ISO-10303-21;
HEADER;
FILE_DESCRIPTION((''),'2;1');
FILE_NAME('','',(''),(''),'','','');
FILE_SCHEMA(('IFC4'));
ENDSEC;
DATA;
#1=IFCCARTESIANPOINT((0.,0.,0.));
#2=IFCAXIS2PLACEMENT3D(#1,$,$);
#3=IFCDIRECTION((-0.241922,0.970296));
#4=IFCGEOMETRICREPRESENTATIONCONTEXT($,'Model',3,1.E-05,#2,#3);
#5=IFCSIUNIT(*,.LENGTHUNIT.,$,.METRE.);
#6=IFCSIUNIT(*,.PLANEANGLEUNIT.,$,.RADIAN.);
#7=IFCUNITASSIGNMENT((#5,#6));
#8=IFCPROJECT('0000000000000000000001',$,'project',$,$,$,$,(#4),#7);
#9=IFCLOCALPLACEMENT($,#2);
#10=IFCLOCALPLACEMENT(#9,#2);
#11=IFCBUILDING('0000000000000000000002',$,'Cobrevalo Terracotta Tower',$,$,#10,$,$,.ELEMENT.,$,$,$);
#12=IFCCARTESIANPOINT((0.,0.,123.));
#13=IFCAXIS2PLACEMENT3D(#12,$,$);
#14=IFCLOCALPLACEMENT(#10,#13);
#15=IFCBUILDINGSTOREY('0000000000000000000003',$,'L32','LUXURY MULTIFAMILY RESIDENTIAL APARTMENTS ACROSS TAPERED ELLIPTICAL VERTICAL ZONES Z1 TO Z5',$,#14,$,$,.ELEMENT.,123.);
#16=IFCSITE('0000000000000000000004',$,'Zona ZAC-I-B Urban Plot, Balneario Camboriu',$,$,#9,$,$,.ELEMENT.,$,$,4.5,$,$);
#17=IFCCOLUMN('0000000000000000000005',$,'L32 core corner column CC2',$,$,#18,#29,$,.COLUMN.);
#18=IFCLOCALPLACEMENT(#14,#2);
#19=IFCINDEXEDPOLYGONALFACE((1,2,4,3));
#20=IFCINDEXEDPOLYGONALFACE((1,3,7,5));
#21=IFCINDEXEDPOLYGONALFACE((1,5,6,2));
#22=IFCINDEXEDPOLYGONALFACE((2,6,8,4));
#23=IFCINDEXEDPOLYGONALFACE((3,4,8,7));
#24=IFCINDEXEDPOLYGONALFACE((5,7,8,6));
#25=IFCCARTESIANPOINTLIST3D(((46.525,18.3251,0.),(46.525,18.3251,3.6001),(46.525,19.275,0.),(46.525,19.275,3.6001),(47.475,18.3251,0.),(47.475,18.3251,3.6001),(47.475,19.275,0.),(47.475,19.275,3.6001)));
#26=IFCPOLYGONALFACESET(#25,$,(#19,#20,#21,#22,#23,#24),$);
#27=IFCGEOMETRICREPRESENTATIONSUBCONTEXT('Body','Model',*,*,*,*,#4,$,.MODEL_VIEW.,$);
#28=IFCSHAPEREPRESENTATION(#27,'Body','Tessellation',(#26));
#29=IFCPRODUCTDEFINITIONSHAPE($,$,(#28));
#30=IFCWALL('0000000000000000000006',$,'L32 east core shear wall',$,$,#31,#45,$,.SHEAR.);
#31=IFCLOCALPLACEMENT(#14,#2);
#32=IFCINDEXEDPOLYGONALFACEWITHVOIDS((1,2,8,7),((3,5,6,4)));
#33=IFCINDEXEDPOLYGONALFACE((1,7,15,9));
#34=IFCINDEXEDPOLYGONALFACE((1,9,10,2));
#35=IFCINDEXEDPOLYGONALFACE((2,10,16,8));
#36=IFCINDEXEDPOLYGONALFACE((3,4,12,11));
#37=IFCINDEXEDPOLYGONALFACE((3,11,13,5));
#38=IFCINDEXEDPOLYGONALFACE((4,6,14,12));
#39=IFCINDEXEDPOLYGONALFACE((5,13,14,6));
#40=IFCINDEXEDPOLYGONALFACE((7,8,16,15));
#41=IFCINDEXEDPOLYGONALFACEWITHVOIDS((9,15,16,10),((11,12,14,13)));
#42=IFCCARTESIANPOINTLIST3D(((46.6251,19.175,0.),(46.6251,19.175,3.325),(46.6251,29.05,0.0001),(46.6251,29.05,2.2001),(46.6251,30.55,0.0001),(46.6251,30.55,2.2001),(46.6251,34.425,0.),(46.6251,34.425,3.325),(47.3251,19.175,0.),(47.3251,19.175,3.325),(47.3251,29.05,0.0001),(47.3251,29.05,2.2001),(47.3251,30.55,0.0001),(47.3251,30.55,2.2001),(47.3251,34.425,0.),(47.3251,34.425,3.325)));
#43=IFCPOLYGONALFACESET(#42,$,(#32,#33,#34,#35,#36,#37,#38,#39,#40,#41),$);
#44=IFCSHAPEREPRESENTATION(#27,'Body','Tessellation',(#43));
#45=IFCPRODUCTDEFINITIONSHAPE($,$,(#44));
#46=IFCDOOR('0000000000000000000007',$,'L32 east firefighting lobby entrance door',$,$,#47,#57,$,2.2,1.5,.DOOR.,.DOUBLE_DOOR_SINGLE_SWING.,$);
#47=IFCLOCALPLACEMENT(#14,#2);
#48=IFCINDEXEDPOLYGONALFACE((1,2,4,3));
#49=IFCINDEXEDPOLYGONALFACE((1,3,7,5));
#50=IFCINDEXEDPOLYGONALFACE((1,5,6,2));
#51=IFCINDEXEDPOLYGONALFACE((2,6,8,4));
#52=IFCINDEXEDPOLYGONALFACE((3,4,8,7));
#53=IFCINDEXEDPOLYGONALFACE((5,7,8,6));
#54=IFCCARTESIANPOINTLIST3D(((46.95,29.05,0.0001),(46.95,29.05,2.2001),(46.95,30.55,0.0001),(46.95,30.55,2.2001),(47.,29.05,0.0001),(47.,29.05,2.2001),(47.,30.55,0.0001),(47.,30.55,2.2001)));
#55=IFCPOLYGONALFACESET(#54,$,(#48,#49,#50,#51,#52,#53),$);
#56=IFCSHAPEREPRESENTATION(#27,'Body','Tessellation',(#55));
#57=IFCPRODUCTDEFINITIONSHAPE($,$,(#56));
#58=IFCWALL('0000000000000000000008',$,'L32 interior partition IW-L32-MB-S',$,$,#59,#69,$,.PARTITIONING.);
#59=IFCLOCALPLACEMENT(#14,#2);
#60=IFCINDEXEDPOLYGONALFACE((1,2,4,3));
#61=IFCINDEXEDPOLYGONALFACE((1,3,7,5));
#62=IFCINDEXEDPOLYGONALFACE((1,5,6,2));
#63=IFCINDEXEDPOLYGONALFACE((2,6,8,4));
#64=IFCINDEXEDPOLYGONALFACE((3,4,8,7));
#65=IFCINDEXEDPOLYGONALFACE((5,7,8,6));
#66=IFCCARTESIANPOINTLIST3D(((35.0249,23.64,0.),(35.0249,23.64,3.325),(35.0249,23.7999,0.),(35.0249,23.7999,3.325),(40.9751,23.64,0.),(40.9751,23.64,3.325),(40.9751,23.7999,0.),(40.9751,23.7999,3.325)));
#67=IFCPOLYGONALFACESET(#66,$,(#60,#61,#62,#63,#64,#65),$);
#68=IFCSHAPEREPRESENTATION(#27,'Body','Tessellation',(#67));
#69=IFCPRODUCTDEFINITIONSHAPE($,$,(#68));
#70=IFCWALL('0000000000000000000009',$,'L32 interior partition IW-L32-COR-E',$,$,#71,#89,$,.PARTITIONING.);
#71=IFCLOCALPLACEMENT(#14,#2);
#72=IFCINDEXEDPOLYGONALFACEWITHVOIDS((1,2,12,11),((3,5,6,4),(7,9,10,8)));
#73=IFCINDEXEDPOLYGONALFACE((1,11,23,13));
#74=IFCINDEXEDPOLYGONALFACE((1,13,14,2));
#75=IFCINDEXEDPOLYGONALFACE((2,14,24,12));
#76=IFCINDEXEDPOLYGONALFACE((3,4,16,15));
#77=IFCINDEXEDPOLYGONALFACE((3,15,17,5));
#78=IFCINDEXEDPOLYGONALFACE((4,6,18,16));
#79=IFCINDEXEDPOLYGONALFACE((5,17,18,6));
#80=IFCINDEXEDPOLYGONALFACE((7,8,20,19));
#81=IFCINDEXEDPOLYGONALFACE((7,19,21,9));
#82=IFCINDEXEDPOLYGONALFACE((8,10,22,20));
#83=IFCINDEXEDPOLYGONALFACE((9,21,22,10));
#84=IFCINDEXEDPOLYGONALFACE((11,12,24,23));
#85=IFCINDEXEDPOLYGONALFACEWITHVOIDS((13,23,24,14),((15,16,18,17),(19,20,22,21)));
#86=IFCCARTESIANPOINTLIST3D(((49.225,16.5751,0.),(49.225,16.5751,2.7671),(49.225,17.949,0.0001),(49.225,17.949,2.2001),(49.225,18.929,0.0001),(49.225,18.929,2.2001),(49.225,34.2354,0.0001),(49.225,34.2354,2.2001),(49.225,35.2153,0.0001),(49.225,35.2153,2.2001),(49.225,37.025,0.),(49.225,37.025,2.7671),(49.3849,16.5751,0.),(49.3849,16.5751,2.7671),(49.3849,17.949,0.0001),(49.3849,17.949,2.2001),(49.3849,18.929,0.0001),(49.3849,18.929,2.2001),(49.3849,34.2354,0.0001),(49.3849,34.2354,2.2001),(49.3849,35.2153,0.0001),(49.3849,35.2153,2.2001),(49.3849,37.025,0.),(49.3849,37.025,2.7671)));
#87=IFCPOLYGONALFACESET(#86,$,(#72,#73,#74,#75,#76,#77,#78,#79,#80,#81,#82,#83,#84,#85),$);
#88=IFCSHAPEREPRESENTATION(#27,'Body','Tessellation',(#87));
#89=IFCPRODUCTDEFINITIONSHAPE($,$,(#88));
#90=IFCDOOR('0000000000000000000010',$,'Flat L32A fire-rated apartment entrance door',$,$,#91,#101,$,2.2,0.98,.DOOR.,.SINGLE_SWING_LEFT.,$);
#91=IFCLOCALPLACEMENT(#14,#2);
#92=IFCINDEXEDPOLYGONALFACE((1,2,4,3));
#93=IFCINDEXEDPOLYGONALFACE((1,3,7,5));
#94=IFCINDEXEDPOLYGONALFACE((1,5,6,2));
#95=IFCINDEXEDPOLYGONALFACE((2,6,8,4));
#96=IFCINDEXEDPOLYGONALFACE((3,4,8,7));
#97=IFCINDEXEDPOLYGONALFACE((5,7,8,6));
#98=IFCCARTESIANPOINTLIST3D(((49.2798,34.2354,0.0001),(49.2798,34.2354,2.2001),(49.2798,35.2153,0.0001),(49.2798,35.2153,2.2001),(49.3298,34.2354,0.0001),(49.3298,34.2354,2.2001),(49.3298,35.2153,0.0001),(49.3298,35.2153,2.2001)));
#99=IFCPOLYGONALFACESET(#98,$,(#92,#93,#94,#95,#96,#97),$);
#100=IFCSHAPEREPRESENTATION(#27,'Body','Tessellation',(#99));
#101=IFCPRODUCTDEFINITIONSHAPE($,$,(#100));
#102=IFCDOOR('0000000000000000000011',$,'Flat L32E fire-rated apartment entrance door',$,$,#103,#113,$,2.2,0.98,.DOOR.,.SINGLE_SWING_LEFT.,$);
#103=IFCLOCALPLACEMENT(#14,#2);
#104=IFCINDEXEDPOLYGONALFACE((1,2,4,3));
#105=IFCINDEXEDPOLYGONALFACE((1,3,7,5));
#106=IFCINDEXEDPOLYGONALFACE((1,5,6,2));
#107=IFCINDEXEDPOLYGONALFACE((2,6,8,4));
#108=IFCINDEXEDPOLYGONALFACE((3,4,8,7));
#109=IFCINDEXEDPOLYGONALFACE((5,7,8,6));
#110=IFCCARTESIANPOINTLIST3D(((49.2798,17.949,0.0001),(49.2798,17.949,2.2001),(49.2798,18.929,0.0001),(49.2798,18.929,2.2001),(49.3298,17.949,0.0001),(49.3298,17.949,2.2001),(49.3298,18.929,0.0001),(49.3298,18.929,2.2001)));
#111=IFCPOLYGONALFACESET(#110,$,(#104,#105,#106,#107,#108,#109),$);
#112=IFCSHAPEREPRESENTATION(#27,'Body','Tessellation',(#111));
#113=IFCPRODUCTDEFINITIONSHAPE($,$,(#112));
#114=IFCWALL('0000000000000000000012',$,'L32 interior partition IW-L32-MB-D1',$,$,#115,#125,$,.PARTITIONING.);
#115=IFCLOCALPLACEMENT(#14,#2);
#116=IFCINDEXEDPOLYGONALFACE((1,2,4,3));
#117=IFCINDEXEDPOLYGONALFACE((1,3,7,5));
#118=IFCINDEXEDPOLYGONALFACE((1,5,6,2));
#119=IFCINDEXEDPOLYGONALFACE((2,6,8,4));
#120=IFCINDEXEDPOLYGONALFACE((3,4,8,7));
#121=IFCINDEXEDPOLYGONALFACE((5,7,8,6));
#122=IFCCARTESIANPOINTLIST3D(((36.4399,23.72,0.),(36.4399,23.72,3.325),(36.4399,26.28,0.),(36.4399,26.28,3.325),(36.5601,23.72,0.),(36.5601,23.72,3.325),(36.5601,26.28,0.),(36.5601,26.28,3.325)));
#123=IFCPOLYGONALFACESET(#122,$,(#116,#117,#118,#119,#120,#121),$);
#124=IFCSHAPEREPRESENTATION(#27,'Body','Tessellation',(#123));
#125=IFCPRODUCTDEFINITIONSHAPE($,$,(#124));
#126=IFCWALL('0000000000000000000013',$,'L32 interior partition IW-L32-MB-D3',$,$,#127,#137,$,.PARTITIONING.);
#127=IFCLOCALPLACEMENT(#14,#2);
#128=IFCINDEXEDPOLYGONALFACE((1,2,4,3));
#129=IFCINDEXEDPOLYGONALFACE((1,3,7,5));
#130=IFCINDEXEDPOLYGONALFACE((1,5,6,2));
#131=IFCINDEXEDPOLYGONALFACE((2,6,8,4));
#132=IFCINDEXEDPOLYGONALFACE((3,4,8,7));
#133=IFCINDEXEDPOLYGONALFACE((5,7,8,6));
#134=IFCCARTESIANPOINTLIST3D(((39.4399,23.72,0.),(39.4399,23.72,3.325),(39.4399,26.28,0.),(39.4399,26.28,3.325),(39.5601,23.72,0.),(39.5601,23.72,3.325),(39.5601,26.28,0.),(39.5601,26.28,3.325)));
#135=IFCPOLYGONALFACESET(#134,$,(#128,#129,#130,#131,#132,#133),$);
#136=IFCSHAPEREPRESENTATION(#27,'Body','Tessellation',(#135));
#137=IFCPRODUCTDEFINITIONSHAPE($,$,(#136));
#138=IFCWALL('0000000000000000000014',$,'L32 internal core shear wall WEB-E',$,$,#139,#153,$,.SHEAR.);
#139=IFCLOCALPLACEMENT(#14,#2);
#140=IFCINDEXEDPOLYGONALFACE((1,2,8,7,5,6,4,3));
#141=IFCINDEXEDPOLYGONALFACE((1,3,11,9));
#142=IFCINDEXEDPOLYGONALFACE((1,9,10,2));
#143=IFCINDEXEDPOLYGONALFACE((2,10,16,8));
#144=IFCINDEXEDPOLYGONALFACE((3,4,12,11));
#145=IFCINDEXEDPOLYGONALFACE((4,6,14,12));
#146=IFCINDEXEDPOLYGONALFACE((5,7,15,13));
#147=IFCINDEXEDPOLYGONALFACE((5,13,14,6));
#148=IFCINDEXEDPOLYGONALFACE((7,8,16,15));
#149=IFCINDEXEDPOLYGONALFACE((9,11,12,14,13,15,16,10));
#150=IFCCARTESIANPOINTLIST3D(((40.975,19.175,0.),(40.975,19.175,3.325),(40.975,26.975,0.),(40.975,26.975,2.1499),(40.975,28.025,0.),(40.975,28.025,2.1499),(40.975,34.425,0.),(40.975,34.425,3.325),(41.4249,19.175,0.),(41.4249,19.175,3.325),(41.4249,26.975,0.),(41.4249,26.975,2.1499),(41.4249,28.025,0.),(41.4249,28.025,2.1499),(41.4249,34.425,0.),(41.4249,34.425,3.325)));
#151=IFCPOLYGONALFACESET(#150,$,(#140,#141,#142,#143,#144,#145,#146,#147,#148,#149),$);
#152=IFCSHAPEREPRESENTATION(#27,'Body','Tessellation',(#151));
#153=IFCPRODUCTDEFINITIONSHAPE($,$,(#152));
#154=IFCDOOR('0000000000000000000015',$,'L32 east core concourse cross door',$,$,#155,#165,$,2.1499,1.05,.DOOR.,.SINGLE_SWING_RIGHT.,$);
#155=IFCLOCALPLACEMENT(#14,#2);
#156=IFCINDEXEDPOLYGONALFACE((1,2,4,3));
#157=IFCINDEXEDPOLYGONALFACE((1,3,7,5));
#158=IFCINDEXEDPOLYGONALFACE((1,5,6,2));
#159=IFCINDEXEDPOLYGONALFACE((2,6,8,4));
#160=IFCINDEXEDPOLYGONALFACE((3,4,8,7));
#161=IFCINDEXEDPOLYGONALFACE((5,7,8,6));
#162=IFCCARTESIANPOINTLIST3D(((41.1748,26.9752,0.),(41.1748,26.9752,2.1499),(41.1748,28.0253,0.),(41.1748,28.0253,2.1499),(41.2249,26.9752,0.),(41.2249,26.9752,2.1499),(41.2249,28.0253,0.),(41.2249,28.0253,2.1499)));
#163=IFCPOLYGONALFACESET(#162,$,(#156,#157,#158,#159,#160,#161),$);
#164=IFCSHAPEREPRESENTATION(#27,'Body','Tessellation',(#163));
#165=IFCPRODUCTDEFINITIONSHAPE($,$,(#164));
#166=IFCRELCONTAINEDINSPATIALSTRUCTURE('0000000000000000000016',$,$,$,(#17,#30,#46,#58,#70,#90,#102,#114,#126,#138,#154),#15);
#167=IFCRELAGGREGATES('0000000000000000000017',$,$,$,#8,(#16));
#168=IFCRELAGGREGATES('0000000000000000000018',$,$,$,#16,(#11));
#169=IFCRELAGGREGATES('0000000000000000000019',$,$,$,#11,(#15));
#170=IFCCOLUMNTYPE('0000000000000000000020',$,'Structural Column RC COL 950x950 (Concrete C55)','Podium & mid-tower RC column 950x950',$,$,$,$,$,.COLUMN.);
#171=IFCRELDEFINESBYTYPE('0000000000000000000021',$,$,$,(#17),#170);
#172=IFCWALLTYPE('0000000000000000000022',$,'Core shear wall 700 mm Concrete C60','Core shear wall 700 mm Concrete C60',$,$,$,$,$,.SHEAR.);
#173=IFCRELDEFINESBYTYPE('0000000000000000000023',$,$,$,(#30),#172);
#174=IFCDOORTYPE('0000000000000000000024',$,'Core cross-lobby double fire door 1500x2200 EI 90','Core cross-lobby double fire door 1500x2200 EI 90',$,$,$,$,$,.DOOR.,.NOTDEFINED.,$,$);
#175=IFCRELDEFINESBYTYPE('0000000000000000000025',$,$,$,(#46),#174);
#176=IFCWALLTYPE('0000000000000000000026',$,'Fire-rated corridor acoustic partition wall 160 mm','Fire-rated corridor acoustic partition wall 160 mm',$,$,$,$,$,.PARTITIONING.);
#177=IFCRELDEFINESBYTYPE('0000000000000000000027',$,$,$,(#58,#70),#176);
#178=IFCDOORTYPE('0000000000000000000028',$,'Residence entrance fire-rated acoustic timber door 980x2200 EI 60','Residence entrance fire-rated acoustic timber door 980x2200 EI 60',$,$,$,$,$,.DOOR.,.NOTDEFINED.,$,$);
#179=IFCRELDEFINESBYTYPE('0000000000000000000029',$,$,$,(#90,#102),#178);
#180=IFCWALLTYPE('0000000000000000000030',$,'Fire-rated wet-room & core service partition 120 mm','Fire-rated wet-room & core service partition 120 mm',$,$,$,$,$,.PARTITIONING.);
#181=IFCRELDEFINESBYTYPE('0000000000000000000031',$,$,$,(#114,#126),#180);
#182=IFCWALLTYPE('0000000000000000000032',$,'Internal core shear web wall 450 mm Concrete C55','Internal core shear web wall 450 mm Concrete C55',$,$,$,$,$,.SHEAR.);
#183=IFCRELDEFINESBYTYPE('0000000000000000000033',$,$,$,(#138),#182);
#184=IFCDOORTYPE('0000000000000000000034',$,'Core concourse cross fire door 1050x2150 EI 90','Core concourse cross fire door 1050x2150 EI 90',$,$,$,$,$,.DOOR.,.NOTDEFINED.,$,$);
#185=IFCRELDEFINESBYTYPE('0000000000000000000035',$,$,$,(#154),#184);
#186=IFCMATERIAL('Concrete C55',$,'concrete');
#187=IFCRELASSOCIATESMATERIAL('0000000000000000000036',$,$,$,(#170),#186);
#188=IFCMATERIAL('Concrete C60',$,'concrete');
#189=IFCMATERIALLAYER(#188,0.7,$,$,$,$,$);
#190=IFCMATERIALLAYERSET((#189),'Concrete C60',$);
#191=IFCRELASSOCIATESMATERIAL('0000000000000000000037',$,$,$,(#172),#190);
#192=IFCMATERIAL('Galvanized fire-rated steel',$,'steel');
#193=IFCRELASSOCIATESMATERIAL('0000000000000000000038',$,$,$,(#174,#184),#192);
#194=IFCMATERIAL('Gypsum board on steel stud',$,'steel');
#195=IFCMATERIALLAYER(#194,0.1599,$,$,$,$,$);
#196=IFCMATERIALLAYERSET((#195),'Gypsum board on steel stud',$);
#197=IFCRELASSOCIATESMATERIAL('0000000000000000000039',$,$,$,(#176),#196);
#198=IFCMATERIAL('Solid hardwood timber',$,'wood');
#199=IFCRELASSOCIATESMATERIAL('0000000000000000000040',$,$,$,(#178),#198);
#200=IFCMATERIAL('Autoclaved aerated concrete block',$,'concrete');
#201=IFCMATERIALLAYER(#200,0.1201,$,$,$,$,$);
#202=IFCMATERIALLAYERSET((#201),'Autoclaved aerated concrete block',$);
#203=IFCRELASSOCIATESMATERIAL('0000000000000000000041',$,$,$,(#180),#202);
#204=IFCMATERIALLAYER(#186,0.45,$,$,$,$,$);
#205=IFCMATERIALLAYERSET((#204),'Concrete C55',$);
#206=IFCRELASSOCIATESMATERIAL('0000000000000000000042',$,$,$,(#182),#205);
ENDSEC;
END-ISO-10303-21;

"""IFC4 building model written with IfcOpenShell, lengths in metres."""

from ifc_helpers import new_model, si_unit, direction, frame, frame_2d, origin, origin_2d, place, context, subcontext, project, spatial, rectangle, extrude, source, transform, mapped, material, layer, layer_set, material_profile, profile_set, type_object, element, fill, save


model = new_model("IFC4")

# Units and contexts
model_context = context("Model", 3, precision=1e-05, world=origin(), true_north=direction((-0.241922, 0.970296)))
body_context = subcontext(model_context, "Body", "Model", "MODEL_VIEW")
ifc_project = project(units=[si_unit("LENGTHUNIT", "METRE"), si_unit("PLANEANGLEUNIT", "RADIAN")], contexts=[model_context])

# Site, building, storey
site_placement = place(None, origin())
site = spatial("IfcSite", under=ifc_project, at=site_placement, Name="Zona ZAC-I-B Urban Plot, Balneario Camboriu", CompositionType="ELEMENT", RefElevation=4.5)
building_placement = place(site_placement, origin())
building = spatial("IfcBuilding", under=site, at=building_placement, Name="Cobrevalo Terracotta Tower", CompositionType="ELEMENT")
storey_placement = place(building_placement, frame((0.0, 0.0, 123.0)))
storey = spatial("IfcBuildingStorey", under=building, at=storey_placement, Name="L32", Description="LUXURY MULTIFAMILY RESIDENTIAL APARTMENTS ACROSS TAPERED ELLIPTICAL VERTICAL ZONES Z1 TO Z5", CompositionType="ELEMENT", Elevation=123.0)

# Column
ifc_material_1 = material(Name="Concrete C55", Category="concrete")
ifc_material_profile = material_profile(ifc_material_1, rectangle(XDim=0.95, YDim=0.95, at=origin_2d()), Name="RC COL 950x950")
ifc_profile_set = profile_set([ifc_material_profile], Name="Concrete C55")
column_type = type_object("IfcColumnType", Name="Structural Column RC COL 950x950 (Concrete C55)", Description="Podium & mid-tower RC column 950x950", PredefinedType="COLUMN", material=ifc_profile_set)
column_placement = place(storey_placement, frame((47.0, 18.8, 0.0), z_axis=(0.0, 0.0, 1.0), x_axis=(1.0, 0.0, 0.0)))
element("IfcColumn", 1, at=column_placement, inside=storey, type_object=column_type, Name="L32 core corner column CC2", PredefinedType="COLUMN", context=body_context, shape_type="SweptSolid", body=[
    extrude(rectangle(XDim=0.95, YDim=0.95, at=origin_2d()), origin(), (0.0, 0.0, 1.0), 3.6001),
])

# Wall, opening, door
ifc_material_2 = material(Name="Concrete C60", Category="concrete")
ifc_layer_1 = layer(ifc_material_2, 0.7)
ifc_layer_set_1 = layer_set([ifc_layer_1], Name="Concrete C60")
wall_type_1 = type_object("IfcWallType", Name="Core shear wall 700 mm Concrete C60", Description="Core shear wall 700 mm Concrete C60", PredefinedType="SHEAR", material=ifc_layer_set_1)
wall_1_placement = place(storey_placement, frame((46.9751, 19.175, 0.0), z_axis=(0.0, 0.0, 1.0), x_axis=(0.0, 1.0, 0.0)))
wall_1 = element("IfcWall", 2, at=wall_1_placement, inside=storey, type_object=wall_type_1, Name="L32 east core shear wall", PredefinedType="SHEAR", context=body_context, shape_type="SweptSolid", body=[
    extrude(rectangle(XDim=15.25, YDim=0.7, at=frame_2d((7.625, 0.0))), origin(), (0.0, 0.0, 1.0), 3.325),
])
opening_1_placement = place(wall_1_placement, frame((9.875, 0.0, 0.0)))
opening_1 = element("IfcOpeningElement", 3, at=opening_1_placement, cuts=wall_1, PredefinedType="OPENING", context=body_context, shape_type="SweptSolid", body=[
    extrude(rectangle(XDim=1.5, YDim=2.2, at=frame_2d((0.75, 1.1001))), frame((0.0, 0.3599, 0.0), z_axis=(0.0, -1.0, 0.0), x_axis=(1.0, 0.0, 0.0)), (0.0, 0.0, 1.0), 0.72),
])
ifc_material_3 = material(Name="Galvanized fire-rated steel", Category="steel")
door_type_1 = type_object("IfcDoorType", Name="Core cross-lobby double fire door 1500x2200 EI 90", Description="Core cross-lobby double fire door 1500x2200 EI 90", OperationType="NOTDEFINED", PredefinedType="DOOR", material=ifc_material_3)
shared_shape_1 = source(origin(), body_context, "Body", "SweptSolid", [
    extrude(rectangle(XDim=1.5, YDim=2.2, at=frame_2d((0.75, 1.1001))), frame((0.0, 0.0249, 0.0), z_axis=(0.0, -1.0, 0.0), x_axis=(1.0, 0.0, 0.0)), (0.0, 0.0, 1.0), 0.05),
])
door_1_placement = place(opening_1_placement, frame((1.5, 0.0, 0.0), z_axis=(0.0, 0.0, 1.0), x_axis=(-1.0, 0.0, 0.0)))
door_1 = element("IfcDoor", 4, at=door_1_placement, inside=storey, type_object=door_type_1, Name="L32 east firefighting lobby entrance door", OperationType="DOUBLE_DOOR_SINGLE_SWING", OverallHeight=2.2, OverallWidth=1.5, PredefinedType="DOOR", context=body_context, shape_type="MappedRepresentation", body=[
    mapped(shared_shape_1, transform((0.0, 0.0, 0.0), scale=1.0)),
])
fill(opening_1, door_1)

# Wall
ifc_material_4 = material(Name="Gypsum board on steel stud", Category="steel")
ifc_layer_2 = layer(ifc_material_4, 0.1599)
ifc_layer_set_2 = layer_set([ifc_layer_2], Name="Gypsum board on steel stud")
wall_type_2 = type_object("IfcWallType", Name="Fire-rated corridor acoustic partition wall 160 mm", Description="Fire-rated corridor acoustic partition wall 160 mm", PredefinedType="PARTITIONING", material=ifc_layer_set_2)
wall_2_placement = place(storey_placement, frame((35.0249, 23.72, 0.0), z_axis=(0.0, 0.0, 1.0), x_axis=(1.0, 0.0, 0.0)))
element("IfcWall", 5, at=wall_2_placement, inside=storey, type_object=wall_type_2, Name="L32 interior partition IW-L32-MB-S", PredefinedType="PARTITIONING", context=body_context, shape_type="SweptSolid", body=[
    extrude(rectangle(XDim=5.9502, YDim=0.1599, at=frame_2d((2.9751, 0.0))), origin(), (0.0, 0.0, 1.0), 3.325),
])

# Wall, openings, doors
wall_3_placement = place(storey_placement, frame((49.3049, 16.575, 0.0), z_axis=(0.0, 0.0, 1.0), x_axis=(0.0, 1.0, 0.0)))
wall_3 = element("IfcWall", 6, at=wall_3_placement, inside=storey, type_object=wall_type_2, Name="L32 interior partition IW-L32-COR-E", PredefinedType="PARTITIONING", context=body_context, shape_type="SweptSolid", body=[
    extrude(rectangle(XDim=20.45, YDim=0.1599, at=frame_2d((10.2251, 0.0))), origin(), (0.0, 0.0, 1.0), 2.7671),
])
opening_2_placement = place(wall_3_placement, frame((17.6604, 0.0, 0.0)))
opening_2 = element("IfcOpeningElement", 7, at=opening_2_placement, cuts=wall_3, PredefinedType="OPENING", context=body_context, shape_type="SweptSolid", body=[
    extrude(rectangle(XDim=0.98, YDim=2.2, at=frame_2d((0.49, 1.1001))), frame((0.0, 0.0898, 0.0), z_axis=(0.0, -1.0, 0.0), x_axis=(1.0, 0.0, 0.0)), (0.0, 0.0, 1.0), 0.1799),
])
opening_3_placement = place(wall_3_placement, frame((1.374, 0.0, 0.0)))
opening_3 = element("IfcOpeningElement", 8, at=opening_3_placement, cuts=wall_3, PredefinedType="OPENING", context=body_context, shape_type="SweptSolid", body=[
    extrude(rectangle(XDim=0.98, YDim=2.2, at=frame_2d((0.49, 1.1001))), frame((0.0, 0.0898, 0.0), z_axis=(0.0, -1.0, 0.0), x_axis=(1.0, 0.0, 0.0)), (0.0, 0.0, 1.0), 0.1799),
])
ifc_material_5 = material(Name="Solid hardwood timber", Category="wood")
door_type_2 = type_object("IfcDoorType", Name="Residence entrance fire-rated acoustic timber door 980x2200 EI 60", Description="Residence entrance fire-rated acoustic timber door 980x2200 EI 60", OperationType="NOTDEFINED", PredefinedType="DOOR", material=ifc_material_5)
shared_shape_2 = source(origin(), body_context, "Body", "SweptSolid", [
    extrude(rectangle(XDim=0.98, YDim=2.2, at=frame_2d((0.49, 1.1001))), frame((0.0, 0.0249, 0.0), z_axis=(0.0, -1.0, 0.0), x_axis=(1.0, 0.0, 0.0)), (0.0, 0.0, 1.0), 0.05),
])
door_2_placement = place(opening_2_placement, frame((0.98, 0.0, 0.0), z_axis=(0.0, 0.0, 1.0), x_axis=(-1.0, 0.0, 0.0)))
door_2 = element("IfcDoor", 9, at=door_2_placement, inside=storey, type_object=door_type_2, Name="Flat L32A fire-rated apartment entrance door", OperationType="SINGLE_SWING_LEFT", OverallHeight=2.2, OverallWidth=0.98, PredefinedType="DOOR", context=body_context, shape_type="MappedRepresentation", body=[
    mapped(shared_shape_2, transform((0.0, 0.0, 0.0), scale=1.0)),
])
fill(opening_2, door_2)
door_3_placement = place(opening_3_placement, frame((0.98, 0.0, 0.0), z_axis=(0.0, 0.0, 1.0), x_axis=(-1.0, 0.0, 0.0)))
door_3 = element("IfcDoor", 10, at=door_3_placement, inside=storey, type_object=door_type_2, Name="Flat L32E fire-rated apartment entrance door", OperationType="SINGLE_SWING_LEFT", OverallHeight=2.2, OverallWidth=0.98, PredefinedType="DOOR", context=body_context, shape_type="MappedRepresentation", body=[
    mapped(shared_shape_2, transform((0.0, 0.0, 0.0), scale=1.0)),
])
fill(opening_3, door_3)

# Walls
ifc_material_6 = material(Name="Autoclaved aerated concrete block", Category="concrete")
ifc_layer_3 = layer(ifc_material_6, 0.1201)
ifc_layer_set_3 = layer_set([ifc_layer_3], Name="Autoclaved aerated concrete block")
wall_type_3 = type_object("IfcWallType", Name="Fire-rated wet-room & core service partition 120 mm", Description="Fire-rated wet-room & core service partition 120 mm", PredefinedType="PARTITIONING", material=ifc_layer_set_3)
for number, where, z_axis, x_axis, name in (
    (11, (36.5, 23.72, 0.0), (0.0, 0.0, 1.0), (0.0, 1.0, 0.0), "L32 interior partition IW-L32-MB-D1"),
    (12, (39.5, 23.72, 0.0), (0.0, 0.0, 1.0), (0.0, 1.0, 0.0), "L32 interior partition IW-L32-MB-D3"),
):
    element("IfcWall", number, at=place(storey_placement, frame(where, z_axis=z_axis, x_axis=x_axis)), inside=storey, type_object=wall_type_3, Name=name, PredefinedType="PARTITIONING", context=body_context, shape_type="SweptSolid", body=[
        extrude(rectangle(XDim=2.5601, YDim=0.1201, at=frame_2d((1.28, 0.0))), origin(), (0.0, 0.0, 1.0), 3.325),
    ])

# Wall, opening, door
ifc_layer_4 = layer(ifc_material_1, 0.45)
ifc_layer_set_4 = layer_set([ifc_layer_4], Name="Concrete C55")
wall_type_4 = type_object("IfcWallType", Name="Internal core shear web wall 450 mm Concrete C55", Description="Internal core shear web wall 450 mm Concrete C55", PredefinedType="SHEAR", material=ifc_layer_set_4)
wall_4_placement = place(storey_placement, frame((41.2, 19.175, 0.0), z_axis=(0.0, 0.0, 1.0), x_axis=(0.0, 1.0, 0.0)))
wall_4 = element("IfcWall", 13, at=wall_4_placement, inside=storey, type_object=wall_type_4, Name="L32 internal core shear wall WEB-E", PredefinedType="SHEAR", context=body_context, shape_type="SweptSolid", body=[
    extrude(rectangle(XDim=15.25, YDim=0.45, at=frame_2d((7.625, 0.0))), origin(), (0.0, 0.0, 1.0), 3.325),
])
opening_4_placement = place(wall_4_placement, frame((7.8, 0.0, 0.0)))
opening_4 = element("IfcOpeningElement", 14, at=opening_4_placement, cuts=wall_4, PredefinedType="OPENING", context=body_context, shape_type="SweptSolid", body=[
    extrude(rectangle(XDim=1.05, YDim=2.1499, at=frame_2d((0.5249, 1.075))), frame((0.0, 0.2349, 0.0), z_axis=(0.0, -1.0, 0.0), x_axis=(1.0, 0.0, 0.0)), (0.0, 0.0, 1.0), 0.47),
])
door_type_3 = type_object("IfcDoorType", Name="Core concourse cross fire door 1050x2150 EI 90", Description="Core concourse cross fire door 1050x2150 EI 90", OperationType="NOTDEFINED", PredefinedType="DOOR", material=ifc_material_3)
shared_shape_3 = source(origin(), body_context, "Body", "SweptSolid", [
    extrude(rectangle(XDim=1.05, YDim=2.1499, at=frame_2d((0.5249, 1.075))), frame((0.0, 0.0249, 0.0), z_axis=(0.0, -1.0, 0.0), x_axis=(1.0, 0.0, 0.0)), (0.0, 0.0, 1.0), 0.05),
])
door_4_placement = place(opening_4_placement, frame((1.05, 0.0, 0.0), z_axis=(0.0, 0.0, 1.0), x_axis=(-1.0, 0.0, 0.0)))
door_4 = element("IfcDoor", 15, at=door_4_placement, inside=storey, type_object=door_type_3, Name="L32 east core concourse cross door", OperationType="SINGLE_SWING_RIGHT", OverallHeight=2.1499, OverallWidth=1.05, PredefinedType="DOOR", context=body_context, shape_type="MappedRepresentation", body=[
    mapped(shared_shape_3, transform((0.0, 0.0, 0.0), scale=1.0)),
])
fill(opening_4, door_4)

save(model, "model.ifc")
